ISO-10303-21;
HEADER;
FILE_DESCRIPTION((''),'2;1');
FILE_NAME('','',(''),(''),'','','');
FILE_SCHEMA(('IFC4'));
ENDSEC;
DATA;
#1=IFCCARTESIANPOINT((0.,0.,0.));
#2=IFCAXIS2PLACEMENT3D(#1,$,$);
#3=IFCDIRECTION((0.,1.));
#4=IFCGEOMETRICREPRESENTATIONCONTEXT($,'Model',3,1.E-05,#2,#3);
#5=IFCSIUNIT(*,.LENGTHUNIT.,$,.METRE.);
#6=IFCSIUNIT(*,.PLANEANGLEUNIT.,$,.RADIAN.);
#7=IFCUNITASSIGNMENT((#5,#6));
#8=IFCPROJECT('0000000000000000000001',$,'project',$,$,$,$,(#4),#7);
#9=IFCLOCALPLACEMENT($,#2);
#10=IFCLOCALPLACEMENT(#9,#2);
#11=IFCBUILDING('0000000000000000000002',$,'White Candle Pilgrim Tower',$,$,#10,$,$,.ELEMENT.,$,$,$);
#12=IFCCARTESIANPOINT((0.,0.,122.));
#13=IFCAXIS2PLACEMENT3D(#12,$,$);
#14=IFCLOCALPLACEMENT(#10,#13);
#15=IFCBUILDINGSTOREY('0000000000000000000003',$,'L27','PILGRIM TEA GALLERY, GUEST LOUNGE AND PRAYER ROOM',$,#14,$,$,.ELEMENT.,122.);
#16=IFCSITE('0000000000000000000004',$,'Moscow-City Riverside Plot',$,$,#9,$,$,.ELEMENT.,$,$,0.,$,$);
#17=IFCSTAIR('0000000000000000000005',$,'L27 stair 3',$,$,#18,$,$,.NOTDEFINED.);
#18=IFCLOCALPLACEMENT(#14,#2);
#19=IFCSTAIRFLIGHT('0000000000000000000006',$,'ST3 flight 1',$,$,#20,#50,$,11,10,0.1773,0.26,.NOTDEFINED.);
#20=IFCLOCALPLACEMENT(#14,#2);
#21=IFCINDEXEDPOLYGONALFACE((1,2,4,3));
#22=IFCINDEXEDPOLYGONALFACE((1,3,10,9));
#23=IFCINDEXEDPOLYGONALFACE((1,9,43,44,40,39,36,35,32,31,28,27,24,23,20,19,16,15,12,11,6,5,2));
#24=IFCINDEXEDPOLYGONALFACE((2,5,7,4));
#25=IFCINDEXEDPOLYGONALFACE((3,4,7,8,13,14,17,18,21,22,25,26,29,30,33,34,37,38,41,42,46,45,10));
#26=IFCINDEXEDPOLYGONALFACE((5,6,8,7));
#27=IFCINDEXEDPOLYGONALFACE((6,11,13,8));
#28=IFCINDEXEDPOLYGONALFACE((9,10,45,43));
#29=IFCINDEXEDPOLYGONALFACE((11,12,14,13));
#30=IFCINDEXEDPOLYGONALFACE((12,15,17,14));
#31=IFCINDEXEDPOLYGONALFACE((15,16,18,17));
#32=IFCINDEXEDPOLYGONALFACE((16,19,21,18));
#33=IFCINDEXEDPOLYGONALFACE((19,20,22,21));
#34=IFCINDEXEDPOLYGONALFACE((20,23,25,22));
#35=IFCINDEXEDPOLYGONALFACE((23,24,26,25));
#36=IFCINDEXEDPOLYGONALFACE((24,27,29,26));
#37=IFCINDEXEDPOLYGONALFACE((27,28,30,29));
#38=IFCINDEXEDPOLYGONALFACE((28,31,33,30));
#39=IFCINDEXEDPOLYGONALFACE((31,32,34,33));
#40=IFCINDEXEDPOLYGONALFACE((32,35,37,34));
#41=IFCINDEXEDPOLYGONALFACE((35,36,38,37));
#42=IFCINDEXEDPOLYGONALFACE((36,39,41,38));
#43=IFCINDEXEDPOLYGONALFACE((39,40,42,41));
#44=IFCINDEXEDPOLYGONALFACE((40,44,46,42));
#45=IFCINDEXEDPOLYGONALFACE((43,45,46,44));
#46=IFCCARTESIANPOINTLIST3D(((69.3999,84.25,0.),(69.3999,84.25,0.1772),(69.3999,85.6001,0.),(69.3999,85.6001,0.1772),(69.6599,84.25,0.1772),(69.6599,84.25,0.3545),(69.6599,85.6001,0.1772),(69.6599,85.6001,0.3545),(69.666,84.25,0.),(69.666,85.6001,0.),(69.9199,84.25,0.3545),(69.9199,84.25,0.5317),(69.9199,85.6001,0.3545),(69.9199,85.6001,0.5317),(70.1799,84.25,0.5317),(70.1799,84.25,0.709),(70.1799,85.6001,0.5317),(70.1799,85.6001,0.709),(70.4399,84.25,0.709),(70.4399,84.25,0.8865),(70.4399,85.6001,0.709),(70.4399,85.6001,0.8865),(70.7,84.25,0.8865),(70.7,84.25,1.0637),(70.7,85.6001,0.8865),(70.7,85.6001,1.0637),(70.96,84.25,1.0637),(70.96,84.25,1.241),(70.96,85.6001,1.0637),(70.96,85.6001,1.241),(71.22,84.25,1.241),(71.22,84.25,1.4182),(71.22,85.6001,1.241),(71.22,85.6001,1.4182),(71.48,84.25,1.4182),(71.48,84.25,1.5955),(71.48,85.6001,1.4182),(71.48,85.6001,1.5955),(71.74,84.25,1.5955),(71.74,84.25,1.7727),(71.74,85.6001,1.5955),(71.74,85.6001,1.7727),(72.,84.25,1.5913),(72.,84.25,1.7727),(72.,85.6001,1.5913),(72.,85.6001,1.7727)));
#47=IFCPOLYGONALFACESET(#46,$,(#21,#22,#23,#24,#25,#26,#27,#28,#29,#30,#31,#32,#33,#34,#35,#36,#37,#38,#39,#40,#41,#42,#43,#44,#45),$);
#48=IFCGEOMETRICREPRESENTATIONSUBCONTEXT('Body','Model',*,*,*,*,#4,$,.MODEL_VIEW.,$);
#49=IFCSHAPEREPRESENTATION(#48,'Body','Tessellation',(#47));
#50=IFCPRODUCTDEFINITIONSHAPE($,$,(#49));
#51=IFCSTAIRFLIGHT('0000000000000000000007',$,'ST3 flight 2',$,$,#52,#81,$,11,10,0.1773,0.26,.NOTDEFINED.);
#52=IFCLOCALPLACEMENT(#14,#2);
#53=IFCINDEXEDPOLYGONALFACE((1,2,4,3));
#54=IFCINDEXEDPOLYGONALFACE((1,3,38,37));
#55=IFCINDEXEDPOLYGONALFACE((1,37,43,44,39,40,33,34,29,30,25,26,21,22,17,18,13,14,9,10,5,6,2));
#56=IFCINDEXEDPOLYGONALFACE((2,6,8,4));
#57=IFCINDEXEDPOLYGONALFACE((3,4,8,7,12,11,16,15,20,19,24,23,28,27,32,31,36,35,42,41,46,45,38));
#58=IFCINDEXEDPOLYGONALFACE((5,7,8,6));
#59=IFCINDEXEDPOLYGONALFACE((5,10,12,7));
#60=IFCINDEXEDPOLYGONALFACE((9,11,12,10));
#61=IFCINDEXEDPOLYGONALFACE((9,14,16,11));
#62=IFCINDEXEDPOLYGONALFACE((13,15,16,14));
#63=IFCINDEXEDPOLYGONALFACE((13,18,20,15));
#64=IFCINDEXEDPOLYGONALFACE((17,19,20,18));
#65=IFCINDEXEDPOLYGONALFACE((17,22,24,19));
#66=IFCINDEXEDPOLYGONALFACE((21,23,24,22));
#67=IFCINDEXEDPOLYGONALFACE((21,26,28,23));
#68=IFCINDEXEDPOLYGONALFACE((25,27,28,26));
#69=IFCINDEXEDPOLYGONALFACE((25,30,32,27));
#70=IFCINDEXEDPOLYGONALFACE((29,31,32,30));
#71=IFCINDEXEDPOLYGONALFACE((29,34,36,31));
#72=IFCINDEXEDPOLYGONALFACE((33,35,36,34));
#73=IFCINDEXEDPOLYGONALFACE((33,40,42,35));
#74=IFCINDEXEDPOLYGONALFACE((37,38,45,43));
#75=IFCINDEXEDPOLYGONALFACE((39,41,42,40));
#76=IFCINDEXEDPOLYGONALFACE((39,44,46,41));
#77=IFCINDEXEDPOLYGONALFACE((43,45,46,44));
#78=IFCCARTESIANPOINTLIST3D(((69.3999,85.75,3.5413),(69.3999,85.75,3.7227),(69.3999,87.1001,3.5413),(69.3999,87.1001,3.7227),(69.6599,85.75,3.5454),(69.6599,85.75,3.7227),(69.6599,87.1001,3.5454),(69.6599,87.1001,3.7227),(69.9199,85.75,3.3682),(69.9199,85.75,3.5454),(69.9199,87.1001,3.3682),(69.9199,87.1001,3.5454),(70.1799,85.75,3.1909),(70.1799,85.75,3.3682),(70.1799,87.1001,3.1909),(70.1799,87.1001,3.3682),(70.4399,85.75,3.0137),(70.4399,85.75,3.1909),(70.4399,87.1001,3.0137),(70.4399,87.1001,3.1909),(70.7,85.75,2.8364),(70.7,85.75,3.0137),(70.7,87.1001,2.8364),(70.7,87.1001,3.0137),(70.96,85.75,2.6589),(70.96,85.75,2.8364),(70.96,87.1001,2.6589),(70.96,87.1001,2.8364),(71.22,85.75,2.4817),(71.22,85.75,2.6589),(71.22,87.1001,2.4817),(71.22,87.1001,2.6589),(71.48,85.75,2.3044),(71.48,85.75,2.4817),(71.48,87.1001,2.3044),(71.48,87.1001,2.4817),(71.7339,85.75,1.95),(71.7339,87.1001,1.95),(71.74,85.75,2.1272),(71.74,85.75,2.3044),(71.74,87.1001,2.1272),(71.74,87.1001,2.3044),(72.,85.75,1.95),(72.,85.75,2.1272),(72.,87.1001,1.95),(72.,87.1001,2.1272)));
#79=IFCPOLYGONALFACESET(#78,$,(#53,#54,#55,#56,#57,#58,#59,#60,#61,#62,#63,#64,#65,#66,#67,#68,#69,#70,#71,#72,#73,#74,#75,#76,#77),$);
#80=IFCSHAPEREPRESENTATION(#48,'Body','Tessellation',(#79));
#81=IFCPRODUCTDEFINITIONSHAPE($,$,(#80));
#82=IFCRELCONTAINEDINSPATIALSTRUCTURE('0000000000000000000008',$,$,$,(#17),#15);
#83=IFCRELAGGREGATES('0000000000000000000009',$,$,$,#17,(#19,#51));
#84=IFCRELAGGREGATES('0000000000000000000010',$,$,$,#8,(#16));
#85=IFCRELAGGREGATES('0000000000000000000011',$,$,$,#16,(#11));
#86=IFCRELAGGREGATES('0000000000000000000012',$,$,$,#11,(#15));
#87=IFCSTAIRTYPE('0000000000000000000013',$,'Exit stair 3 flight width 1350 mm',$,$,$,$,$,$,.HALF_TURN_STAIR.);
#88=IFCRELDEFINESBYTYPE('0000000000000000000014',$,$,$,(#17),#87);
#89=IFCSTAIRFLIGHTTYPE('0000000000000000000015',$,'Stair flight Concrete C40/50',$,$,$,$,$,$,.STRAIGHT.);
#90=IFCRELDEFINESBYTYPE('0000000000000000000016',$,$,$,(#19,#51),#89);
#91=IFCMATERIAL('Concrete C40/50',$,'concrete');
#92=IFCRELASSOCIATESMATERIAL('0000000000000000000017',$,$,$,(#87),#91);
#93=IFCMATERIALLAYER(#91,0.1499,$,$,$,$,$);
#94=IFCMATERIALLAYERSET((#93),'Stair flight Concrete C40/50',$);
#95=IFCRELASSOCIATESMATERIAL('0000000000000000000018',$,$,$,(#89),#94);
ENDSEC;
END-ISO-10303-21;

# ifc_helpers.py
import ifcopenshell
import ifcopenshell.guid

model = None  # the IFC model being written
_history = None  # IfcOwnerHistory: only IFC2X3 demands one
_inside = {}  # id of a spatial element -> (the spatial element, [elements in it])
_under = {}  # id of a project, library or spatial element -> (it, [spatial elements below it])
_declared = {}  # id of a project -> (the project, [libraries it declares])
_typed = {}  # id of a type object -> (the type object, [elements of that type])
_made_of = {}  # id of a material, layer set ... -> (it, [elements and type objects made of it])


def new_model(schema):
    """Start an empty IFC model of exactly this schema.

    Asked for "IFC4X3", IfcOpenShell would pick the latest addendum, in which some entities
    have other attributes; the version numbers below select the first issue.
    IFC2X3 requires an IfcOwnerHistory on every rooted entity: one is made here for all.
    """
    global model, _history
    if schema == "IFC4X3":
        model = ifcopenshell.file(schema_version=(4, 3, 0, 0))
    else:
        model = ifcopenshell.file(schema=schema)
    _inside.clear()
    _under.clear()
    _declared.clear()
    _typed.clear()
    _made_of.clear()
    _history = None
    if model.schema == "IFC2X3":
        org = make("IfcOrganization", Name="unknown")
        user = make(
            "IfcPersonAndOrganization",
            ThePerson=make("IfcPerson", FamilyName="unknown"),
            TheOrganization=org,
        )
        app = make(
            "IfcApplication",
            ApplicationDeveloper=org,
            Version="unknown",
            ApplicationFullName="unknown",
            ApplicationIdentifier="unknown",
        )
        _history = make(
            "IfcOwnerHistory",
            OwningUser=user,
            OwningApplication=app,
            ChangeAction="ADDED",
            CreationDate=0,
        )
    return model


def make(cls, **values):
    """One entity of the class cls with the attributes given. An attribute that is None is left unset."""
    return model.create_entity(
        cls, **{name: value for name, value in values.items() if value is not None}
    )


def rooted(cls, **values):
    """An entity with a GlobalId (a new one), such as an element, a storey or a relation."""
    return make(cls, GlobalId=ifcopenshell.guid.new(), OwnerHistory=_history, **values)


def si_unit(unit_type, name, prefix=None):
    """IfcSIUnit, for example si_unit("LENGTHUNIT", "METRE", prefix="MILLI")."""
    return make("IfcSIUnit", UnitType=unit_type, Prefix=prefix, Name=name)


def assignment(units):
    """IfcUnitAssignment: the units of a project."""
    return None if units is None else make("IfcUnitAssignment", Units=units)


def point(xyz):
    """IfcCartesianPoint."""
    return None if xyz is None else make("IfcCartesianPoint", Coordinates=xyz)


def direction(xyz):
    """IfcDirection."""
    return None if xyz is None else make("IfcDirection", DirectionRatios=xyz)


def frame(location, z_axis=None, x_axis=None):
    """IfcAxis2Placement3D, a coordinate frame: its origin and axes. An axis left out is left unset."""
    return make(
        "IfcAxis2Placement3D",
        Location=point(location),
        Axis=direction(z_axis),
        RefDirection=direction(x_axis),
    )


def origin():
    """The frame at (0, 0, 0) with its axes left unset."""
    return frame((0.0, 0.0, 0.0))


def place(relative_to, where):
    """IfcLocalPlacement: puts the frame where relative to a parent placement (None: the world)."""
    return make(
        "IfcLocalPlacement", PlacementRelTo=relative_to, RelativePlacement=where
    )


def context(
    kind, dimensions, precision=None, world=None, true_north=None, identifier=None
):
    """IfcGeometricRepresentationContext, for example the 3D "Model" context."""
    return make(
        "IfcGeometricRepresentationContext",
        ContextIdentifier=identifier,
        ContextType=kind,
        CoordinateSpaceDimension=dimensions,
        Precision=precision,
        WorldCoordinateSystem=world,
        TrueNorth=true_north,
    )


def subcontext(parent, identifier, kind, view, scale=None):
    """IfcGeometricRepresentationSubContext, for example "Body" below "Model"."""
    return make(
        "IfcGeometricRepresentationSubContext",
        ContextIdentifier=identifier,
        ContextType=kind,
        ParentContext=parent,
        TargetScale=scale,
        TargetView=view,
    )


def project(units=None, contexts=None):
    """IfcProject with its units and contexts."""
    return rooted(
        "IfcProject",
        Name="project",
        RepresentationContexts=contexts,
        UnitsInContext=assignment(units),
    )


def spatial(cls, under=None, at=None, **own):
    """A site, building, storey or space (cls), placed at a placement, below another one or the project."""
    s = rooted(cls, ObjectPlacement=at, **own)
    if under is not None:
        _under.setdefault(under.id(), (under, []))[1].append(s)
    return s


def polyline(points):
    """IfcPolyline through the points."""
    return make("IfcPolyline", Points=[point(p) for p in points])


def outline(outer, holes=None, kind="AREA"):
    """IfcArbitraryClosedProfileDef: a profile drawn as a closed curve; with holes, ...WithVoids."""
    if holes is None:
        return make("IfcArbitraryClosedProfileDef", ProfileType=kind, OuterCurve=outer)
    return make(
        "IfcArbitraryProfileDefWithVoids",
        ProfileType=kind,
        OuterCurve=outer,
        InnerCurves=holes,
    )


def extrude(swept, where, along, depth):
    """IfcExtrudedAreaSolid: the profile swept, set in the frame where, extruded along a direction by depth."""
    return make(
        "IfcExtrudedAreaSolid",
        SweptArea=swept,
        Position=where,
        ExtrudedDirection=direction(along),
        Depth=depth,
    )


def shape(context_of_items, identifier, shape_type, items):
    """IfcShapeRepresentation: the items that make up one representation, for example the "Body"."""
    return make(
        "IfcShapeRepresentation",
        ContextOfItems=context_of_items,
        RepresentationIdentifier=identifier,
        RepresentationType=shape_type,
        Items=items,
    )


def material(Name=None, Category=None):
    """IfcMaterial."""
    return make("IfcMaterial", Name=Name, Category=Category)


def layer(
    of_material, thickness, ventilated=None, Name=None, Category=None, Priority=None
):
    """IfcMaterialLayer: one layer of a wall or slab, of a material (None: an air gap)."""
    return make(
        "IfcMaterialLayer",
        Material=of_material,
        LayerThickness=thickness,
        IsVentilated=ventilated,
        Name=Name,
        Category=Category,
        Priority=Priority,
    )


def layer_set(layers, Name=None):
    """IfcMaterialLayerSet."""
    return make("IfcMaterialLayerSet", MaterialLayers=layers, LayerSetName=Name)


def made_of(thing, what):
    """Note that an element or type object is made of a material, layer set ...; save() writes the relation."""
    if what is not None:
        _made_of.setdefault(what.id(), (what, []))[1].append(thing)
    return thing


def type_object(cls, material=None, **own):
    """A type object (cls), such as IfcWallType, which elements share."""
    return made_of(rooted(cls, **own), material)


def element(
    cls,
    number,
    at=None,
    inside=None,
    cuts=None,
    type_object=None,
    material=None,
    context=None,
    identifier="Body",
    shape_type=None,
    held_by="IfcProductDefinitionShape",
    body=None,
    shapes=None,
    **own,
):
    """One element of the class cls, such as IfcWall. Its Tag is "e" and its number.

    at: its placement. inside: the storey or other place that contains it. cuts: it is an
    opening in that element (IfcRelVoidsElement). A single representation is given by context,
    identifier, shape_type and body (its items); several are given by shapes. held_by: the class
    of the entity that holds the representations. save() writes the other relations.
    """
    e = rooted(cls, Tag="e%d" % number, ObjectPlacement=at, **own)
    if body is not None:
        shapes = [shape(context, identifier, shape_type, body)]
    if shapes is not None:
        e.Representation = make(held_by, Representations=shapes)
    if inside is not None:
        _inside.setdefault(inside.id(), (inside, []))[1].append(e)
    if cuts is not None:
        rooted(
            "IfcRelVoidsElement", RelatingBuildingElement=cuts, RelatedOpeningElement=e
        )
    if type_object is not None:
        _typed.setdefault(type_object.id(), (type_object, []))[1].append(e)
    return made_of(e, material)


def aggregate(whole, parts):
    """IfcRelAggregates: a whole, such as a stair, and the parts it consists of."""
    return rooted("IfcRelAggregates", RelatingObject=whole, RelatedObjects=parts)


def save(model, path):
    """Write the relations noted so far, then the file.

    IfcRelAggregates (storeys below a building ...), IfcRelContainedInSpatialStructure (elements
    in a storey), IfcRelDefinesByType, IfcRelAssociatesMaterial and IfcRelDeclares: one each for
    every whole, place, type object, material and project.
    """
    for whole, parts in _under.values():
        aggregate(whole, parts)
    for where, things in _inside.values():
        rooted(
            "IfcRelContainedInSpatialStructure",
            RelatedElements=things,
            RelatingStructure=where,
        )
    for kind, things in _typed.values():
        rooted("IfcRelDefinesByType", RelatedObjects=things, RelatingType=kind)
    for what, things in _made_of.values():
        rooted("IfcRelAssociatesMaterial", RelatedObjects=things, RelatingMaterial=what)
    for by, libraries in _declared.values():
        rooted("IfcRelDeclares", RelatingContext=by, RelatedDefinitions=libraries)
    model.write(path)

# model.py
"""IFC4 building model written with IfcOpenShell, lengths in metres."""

from ifc_helpers import new_model, si_unit, direction, frame, origin, place, context, subcontext, project, spatial, polyline, outline, extrude, material, layer, layer_set, type_object, element, aggregate, save


model = new_model("IFC4")

# Units and contexts
model_context = context("Model", 3, precision=1e-05, world=origin(), true_north=direction((0.0, 1.0)))
body_context = subcontext(model_context, "Body", "Model", "MODEL_VIEW")
ifc_project = project(units=[si_unit("LENGTHUNIT", "METRE"), si_unit("PLANEANGLEUNIT", "RADIAN")], contexts=[model_context])

# Site, building, storey
site_placement = place(None, origin())
site = spatial("IfcSite", under=ifc_project, at=site_placement, Name="Moscow-City Riverside Plot", CompositionType="ELEMENT", RefElevation=0.0)
building_placement = place(site_placement, origin())
building = spatial("IfcBuilding", under=site, at=building_placement, Name="White Candle Pilgrim Tower", CompositionType="ELEMENT")
storey_placement = place(building_placement, frame((0.0, 0.0, 122.0)))
storey = spatial("IfcBuildingStorey", under=building, at=storey_placement, Name="L27", Description="PILGRIM TEA GALLERY, GUEST LOUNGE AND PRAYER ROOM", CompositionType="ELEMENT", Elevation=122.0)

# Stair, stair flights
ifc_material_1 = material(Name="Concrete C40/50", Category="concrete")
stair_type = type_object("IfcStairType", Name="Exit stair 3 flight width 1350 mm", PredefinedType="HALF_TURN_STAIR", material=ifc_material_1)
stair_placement = place(storey_placement, origin())
stair = element("IfcStair", 1, at=stair_placement, inside=storey, type_object=stair_type, Name="L27 stair 3", PredefinedType="NOTDEFINED")
ifc_layer_1 = layer(ifc_material_1, 0.1499)
ifc_layer_set_1 = layer_set([ifc_layer_1], Name="Stair flight Concrete C40/50")
stair_flight_type = type_object("IfcStairFlightType", Name="Stair flight Concrete C40/50", PredefinedType="STRAIGHT", material=ifc_layer_set_1)
stair_flight_1_placement = place(storey_placement, frame((69.3999, 84.925, 0.0), z_axis=(0.0, 0.0, 1.0), x_axis=(1.0, 0.0, 0.0)))
stair_flight_1 = element("IfcStairFlight", 2, at=stair_flight_1_placement, type_object=stair_flight_type, Name="ST3 flight 1", NumberOfRisers=11, NumberOfTreads=10, PredefinedType="NOTDEFINED", RiserHeight=0.1773, TreadLength=0.26, context=body_context, shape_type="SweptSolid", body=[
    extrude(outline(polyline([(0.0, 0.0), (0.0, 0.1772), (0.26, 0.1772), (0.26, 0.3545), (0.52, 0.3545), (0.52, 0.5317), (0.78, 0.5317), (0.78, 0.709), (1.04, 0.709), (1.04, 0.8865), (1.3, 0.8865), (1.3, 1.0637), (1.5601, 1.0637), (1.5601, 1.241), (1.8201, 1.241), (1.8201, 1.4182), (2.0801, 1.4182), (2.0801, 1.5955), (2.3401, 1.5955), (2.3401, 1.7727), (2.6001, 1.7727), (2.6001, 1.95), (2.6001, 1.5913), (0.2661, 0.0), (0.0, 0.0)])), frame((0.0, 0.675, 0.0), z_axis=(0.0, -1.0, 0.0), x_axis=(1.0, 0.0, 0.0)), (0.0, 0.0, 1.0), 1.3501),
])
stair_flight_2_placement = place(storey_placement, frame((72.0, 86.425, 1.95), z_axis=(0.0, 0.0, 1.0), x_axis=(-1.0, 0.0, 0.0)))
stair_flight_2 = element("IfcStairFlight", 3, at=stair_flight_2_placement, type_object=stair_flight_type, Name="ST3 flight 2", NumberOfRisers=11, NumberOfTreads=10, PredefinedType="NOTDEFINED", RiserHeight=0.1773, TreadLength=0.26, context=body_context, shape_type="SweptSolid", body=[
    extrude(outline(polyline([(0.0, 0.0), (0.0, 0.1772), (0.26, 0.1772), (0.26, 0.3545), (0.52, 0.3545), (0.52, 0.5317), (0.78, 0.5317), (0.78, 0.709), (1.04, 0.709), (1.04, 0.8865), (1.3, 0.8865), (1.3, 1.0637), (1.5601, 1.0637), (1.5601, 1.241), (1.8201, 1.241), (1.8201, 1.4182), (2.0801, 1.4182), (2.0801, 1.5955), (2.3401, 1.5955), (2.3401, 1.7727), (2.6001, 1.7727), (2.6001, 1.95), (2.6001, 1.5913), (0.2661, 0.0), (0.0, 0.0)])), frame((0.0, 0.675, 0.0), z_axis=(0.0, -1.0, 0.0), x_axis=(1.0, 0.0, 0.0)), (0.0, 0.0, 1.0), 1.3501),
])
aggregate(stair, [stair_flight_1, stair_flight_2])

save(model, "model.ifc")
